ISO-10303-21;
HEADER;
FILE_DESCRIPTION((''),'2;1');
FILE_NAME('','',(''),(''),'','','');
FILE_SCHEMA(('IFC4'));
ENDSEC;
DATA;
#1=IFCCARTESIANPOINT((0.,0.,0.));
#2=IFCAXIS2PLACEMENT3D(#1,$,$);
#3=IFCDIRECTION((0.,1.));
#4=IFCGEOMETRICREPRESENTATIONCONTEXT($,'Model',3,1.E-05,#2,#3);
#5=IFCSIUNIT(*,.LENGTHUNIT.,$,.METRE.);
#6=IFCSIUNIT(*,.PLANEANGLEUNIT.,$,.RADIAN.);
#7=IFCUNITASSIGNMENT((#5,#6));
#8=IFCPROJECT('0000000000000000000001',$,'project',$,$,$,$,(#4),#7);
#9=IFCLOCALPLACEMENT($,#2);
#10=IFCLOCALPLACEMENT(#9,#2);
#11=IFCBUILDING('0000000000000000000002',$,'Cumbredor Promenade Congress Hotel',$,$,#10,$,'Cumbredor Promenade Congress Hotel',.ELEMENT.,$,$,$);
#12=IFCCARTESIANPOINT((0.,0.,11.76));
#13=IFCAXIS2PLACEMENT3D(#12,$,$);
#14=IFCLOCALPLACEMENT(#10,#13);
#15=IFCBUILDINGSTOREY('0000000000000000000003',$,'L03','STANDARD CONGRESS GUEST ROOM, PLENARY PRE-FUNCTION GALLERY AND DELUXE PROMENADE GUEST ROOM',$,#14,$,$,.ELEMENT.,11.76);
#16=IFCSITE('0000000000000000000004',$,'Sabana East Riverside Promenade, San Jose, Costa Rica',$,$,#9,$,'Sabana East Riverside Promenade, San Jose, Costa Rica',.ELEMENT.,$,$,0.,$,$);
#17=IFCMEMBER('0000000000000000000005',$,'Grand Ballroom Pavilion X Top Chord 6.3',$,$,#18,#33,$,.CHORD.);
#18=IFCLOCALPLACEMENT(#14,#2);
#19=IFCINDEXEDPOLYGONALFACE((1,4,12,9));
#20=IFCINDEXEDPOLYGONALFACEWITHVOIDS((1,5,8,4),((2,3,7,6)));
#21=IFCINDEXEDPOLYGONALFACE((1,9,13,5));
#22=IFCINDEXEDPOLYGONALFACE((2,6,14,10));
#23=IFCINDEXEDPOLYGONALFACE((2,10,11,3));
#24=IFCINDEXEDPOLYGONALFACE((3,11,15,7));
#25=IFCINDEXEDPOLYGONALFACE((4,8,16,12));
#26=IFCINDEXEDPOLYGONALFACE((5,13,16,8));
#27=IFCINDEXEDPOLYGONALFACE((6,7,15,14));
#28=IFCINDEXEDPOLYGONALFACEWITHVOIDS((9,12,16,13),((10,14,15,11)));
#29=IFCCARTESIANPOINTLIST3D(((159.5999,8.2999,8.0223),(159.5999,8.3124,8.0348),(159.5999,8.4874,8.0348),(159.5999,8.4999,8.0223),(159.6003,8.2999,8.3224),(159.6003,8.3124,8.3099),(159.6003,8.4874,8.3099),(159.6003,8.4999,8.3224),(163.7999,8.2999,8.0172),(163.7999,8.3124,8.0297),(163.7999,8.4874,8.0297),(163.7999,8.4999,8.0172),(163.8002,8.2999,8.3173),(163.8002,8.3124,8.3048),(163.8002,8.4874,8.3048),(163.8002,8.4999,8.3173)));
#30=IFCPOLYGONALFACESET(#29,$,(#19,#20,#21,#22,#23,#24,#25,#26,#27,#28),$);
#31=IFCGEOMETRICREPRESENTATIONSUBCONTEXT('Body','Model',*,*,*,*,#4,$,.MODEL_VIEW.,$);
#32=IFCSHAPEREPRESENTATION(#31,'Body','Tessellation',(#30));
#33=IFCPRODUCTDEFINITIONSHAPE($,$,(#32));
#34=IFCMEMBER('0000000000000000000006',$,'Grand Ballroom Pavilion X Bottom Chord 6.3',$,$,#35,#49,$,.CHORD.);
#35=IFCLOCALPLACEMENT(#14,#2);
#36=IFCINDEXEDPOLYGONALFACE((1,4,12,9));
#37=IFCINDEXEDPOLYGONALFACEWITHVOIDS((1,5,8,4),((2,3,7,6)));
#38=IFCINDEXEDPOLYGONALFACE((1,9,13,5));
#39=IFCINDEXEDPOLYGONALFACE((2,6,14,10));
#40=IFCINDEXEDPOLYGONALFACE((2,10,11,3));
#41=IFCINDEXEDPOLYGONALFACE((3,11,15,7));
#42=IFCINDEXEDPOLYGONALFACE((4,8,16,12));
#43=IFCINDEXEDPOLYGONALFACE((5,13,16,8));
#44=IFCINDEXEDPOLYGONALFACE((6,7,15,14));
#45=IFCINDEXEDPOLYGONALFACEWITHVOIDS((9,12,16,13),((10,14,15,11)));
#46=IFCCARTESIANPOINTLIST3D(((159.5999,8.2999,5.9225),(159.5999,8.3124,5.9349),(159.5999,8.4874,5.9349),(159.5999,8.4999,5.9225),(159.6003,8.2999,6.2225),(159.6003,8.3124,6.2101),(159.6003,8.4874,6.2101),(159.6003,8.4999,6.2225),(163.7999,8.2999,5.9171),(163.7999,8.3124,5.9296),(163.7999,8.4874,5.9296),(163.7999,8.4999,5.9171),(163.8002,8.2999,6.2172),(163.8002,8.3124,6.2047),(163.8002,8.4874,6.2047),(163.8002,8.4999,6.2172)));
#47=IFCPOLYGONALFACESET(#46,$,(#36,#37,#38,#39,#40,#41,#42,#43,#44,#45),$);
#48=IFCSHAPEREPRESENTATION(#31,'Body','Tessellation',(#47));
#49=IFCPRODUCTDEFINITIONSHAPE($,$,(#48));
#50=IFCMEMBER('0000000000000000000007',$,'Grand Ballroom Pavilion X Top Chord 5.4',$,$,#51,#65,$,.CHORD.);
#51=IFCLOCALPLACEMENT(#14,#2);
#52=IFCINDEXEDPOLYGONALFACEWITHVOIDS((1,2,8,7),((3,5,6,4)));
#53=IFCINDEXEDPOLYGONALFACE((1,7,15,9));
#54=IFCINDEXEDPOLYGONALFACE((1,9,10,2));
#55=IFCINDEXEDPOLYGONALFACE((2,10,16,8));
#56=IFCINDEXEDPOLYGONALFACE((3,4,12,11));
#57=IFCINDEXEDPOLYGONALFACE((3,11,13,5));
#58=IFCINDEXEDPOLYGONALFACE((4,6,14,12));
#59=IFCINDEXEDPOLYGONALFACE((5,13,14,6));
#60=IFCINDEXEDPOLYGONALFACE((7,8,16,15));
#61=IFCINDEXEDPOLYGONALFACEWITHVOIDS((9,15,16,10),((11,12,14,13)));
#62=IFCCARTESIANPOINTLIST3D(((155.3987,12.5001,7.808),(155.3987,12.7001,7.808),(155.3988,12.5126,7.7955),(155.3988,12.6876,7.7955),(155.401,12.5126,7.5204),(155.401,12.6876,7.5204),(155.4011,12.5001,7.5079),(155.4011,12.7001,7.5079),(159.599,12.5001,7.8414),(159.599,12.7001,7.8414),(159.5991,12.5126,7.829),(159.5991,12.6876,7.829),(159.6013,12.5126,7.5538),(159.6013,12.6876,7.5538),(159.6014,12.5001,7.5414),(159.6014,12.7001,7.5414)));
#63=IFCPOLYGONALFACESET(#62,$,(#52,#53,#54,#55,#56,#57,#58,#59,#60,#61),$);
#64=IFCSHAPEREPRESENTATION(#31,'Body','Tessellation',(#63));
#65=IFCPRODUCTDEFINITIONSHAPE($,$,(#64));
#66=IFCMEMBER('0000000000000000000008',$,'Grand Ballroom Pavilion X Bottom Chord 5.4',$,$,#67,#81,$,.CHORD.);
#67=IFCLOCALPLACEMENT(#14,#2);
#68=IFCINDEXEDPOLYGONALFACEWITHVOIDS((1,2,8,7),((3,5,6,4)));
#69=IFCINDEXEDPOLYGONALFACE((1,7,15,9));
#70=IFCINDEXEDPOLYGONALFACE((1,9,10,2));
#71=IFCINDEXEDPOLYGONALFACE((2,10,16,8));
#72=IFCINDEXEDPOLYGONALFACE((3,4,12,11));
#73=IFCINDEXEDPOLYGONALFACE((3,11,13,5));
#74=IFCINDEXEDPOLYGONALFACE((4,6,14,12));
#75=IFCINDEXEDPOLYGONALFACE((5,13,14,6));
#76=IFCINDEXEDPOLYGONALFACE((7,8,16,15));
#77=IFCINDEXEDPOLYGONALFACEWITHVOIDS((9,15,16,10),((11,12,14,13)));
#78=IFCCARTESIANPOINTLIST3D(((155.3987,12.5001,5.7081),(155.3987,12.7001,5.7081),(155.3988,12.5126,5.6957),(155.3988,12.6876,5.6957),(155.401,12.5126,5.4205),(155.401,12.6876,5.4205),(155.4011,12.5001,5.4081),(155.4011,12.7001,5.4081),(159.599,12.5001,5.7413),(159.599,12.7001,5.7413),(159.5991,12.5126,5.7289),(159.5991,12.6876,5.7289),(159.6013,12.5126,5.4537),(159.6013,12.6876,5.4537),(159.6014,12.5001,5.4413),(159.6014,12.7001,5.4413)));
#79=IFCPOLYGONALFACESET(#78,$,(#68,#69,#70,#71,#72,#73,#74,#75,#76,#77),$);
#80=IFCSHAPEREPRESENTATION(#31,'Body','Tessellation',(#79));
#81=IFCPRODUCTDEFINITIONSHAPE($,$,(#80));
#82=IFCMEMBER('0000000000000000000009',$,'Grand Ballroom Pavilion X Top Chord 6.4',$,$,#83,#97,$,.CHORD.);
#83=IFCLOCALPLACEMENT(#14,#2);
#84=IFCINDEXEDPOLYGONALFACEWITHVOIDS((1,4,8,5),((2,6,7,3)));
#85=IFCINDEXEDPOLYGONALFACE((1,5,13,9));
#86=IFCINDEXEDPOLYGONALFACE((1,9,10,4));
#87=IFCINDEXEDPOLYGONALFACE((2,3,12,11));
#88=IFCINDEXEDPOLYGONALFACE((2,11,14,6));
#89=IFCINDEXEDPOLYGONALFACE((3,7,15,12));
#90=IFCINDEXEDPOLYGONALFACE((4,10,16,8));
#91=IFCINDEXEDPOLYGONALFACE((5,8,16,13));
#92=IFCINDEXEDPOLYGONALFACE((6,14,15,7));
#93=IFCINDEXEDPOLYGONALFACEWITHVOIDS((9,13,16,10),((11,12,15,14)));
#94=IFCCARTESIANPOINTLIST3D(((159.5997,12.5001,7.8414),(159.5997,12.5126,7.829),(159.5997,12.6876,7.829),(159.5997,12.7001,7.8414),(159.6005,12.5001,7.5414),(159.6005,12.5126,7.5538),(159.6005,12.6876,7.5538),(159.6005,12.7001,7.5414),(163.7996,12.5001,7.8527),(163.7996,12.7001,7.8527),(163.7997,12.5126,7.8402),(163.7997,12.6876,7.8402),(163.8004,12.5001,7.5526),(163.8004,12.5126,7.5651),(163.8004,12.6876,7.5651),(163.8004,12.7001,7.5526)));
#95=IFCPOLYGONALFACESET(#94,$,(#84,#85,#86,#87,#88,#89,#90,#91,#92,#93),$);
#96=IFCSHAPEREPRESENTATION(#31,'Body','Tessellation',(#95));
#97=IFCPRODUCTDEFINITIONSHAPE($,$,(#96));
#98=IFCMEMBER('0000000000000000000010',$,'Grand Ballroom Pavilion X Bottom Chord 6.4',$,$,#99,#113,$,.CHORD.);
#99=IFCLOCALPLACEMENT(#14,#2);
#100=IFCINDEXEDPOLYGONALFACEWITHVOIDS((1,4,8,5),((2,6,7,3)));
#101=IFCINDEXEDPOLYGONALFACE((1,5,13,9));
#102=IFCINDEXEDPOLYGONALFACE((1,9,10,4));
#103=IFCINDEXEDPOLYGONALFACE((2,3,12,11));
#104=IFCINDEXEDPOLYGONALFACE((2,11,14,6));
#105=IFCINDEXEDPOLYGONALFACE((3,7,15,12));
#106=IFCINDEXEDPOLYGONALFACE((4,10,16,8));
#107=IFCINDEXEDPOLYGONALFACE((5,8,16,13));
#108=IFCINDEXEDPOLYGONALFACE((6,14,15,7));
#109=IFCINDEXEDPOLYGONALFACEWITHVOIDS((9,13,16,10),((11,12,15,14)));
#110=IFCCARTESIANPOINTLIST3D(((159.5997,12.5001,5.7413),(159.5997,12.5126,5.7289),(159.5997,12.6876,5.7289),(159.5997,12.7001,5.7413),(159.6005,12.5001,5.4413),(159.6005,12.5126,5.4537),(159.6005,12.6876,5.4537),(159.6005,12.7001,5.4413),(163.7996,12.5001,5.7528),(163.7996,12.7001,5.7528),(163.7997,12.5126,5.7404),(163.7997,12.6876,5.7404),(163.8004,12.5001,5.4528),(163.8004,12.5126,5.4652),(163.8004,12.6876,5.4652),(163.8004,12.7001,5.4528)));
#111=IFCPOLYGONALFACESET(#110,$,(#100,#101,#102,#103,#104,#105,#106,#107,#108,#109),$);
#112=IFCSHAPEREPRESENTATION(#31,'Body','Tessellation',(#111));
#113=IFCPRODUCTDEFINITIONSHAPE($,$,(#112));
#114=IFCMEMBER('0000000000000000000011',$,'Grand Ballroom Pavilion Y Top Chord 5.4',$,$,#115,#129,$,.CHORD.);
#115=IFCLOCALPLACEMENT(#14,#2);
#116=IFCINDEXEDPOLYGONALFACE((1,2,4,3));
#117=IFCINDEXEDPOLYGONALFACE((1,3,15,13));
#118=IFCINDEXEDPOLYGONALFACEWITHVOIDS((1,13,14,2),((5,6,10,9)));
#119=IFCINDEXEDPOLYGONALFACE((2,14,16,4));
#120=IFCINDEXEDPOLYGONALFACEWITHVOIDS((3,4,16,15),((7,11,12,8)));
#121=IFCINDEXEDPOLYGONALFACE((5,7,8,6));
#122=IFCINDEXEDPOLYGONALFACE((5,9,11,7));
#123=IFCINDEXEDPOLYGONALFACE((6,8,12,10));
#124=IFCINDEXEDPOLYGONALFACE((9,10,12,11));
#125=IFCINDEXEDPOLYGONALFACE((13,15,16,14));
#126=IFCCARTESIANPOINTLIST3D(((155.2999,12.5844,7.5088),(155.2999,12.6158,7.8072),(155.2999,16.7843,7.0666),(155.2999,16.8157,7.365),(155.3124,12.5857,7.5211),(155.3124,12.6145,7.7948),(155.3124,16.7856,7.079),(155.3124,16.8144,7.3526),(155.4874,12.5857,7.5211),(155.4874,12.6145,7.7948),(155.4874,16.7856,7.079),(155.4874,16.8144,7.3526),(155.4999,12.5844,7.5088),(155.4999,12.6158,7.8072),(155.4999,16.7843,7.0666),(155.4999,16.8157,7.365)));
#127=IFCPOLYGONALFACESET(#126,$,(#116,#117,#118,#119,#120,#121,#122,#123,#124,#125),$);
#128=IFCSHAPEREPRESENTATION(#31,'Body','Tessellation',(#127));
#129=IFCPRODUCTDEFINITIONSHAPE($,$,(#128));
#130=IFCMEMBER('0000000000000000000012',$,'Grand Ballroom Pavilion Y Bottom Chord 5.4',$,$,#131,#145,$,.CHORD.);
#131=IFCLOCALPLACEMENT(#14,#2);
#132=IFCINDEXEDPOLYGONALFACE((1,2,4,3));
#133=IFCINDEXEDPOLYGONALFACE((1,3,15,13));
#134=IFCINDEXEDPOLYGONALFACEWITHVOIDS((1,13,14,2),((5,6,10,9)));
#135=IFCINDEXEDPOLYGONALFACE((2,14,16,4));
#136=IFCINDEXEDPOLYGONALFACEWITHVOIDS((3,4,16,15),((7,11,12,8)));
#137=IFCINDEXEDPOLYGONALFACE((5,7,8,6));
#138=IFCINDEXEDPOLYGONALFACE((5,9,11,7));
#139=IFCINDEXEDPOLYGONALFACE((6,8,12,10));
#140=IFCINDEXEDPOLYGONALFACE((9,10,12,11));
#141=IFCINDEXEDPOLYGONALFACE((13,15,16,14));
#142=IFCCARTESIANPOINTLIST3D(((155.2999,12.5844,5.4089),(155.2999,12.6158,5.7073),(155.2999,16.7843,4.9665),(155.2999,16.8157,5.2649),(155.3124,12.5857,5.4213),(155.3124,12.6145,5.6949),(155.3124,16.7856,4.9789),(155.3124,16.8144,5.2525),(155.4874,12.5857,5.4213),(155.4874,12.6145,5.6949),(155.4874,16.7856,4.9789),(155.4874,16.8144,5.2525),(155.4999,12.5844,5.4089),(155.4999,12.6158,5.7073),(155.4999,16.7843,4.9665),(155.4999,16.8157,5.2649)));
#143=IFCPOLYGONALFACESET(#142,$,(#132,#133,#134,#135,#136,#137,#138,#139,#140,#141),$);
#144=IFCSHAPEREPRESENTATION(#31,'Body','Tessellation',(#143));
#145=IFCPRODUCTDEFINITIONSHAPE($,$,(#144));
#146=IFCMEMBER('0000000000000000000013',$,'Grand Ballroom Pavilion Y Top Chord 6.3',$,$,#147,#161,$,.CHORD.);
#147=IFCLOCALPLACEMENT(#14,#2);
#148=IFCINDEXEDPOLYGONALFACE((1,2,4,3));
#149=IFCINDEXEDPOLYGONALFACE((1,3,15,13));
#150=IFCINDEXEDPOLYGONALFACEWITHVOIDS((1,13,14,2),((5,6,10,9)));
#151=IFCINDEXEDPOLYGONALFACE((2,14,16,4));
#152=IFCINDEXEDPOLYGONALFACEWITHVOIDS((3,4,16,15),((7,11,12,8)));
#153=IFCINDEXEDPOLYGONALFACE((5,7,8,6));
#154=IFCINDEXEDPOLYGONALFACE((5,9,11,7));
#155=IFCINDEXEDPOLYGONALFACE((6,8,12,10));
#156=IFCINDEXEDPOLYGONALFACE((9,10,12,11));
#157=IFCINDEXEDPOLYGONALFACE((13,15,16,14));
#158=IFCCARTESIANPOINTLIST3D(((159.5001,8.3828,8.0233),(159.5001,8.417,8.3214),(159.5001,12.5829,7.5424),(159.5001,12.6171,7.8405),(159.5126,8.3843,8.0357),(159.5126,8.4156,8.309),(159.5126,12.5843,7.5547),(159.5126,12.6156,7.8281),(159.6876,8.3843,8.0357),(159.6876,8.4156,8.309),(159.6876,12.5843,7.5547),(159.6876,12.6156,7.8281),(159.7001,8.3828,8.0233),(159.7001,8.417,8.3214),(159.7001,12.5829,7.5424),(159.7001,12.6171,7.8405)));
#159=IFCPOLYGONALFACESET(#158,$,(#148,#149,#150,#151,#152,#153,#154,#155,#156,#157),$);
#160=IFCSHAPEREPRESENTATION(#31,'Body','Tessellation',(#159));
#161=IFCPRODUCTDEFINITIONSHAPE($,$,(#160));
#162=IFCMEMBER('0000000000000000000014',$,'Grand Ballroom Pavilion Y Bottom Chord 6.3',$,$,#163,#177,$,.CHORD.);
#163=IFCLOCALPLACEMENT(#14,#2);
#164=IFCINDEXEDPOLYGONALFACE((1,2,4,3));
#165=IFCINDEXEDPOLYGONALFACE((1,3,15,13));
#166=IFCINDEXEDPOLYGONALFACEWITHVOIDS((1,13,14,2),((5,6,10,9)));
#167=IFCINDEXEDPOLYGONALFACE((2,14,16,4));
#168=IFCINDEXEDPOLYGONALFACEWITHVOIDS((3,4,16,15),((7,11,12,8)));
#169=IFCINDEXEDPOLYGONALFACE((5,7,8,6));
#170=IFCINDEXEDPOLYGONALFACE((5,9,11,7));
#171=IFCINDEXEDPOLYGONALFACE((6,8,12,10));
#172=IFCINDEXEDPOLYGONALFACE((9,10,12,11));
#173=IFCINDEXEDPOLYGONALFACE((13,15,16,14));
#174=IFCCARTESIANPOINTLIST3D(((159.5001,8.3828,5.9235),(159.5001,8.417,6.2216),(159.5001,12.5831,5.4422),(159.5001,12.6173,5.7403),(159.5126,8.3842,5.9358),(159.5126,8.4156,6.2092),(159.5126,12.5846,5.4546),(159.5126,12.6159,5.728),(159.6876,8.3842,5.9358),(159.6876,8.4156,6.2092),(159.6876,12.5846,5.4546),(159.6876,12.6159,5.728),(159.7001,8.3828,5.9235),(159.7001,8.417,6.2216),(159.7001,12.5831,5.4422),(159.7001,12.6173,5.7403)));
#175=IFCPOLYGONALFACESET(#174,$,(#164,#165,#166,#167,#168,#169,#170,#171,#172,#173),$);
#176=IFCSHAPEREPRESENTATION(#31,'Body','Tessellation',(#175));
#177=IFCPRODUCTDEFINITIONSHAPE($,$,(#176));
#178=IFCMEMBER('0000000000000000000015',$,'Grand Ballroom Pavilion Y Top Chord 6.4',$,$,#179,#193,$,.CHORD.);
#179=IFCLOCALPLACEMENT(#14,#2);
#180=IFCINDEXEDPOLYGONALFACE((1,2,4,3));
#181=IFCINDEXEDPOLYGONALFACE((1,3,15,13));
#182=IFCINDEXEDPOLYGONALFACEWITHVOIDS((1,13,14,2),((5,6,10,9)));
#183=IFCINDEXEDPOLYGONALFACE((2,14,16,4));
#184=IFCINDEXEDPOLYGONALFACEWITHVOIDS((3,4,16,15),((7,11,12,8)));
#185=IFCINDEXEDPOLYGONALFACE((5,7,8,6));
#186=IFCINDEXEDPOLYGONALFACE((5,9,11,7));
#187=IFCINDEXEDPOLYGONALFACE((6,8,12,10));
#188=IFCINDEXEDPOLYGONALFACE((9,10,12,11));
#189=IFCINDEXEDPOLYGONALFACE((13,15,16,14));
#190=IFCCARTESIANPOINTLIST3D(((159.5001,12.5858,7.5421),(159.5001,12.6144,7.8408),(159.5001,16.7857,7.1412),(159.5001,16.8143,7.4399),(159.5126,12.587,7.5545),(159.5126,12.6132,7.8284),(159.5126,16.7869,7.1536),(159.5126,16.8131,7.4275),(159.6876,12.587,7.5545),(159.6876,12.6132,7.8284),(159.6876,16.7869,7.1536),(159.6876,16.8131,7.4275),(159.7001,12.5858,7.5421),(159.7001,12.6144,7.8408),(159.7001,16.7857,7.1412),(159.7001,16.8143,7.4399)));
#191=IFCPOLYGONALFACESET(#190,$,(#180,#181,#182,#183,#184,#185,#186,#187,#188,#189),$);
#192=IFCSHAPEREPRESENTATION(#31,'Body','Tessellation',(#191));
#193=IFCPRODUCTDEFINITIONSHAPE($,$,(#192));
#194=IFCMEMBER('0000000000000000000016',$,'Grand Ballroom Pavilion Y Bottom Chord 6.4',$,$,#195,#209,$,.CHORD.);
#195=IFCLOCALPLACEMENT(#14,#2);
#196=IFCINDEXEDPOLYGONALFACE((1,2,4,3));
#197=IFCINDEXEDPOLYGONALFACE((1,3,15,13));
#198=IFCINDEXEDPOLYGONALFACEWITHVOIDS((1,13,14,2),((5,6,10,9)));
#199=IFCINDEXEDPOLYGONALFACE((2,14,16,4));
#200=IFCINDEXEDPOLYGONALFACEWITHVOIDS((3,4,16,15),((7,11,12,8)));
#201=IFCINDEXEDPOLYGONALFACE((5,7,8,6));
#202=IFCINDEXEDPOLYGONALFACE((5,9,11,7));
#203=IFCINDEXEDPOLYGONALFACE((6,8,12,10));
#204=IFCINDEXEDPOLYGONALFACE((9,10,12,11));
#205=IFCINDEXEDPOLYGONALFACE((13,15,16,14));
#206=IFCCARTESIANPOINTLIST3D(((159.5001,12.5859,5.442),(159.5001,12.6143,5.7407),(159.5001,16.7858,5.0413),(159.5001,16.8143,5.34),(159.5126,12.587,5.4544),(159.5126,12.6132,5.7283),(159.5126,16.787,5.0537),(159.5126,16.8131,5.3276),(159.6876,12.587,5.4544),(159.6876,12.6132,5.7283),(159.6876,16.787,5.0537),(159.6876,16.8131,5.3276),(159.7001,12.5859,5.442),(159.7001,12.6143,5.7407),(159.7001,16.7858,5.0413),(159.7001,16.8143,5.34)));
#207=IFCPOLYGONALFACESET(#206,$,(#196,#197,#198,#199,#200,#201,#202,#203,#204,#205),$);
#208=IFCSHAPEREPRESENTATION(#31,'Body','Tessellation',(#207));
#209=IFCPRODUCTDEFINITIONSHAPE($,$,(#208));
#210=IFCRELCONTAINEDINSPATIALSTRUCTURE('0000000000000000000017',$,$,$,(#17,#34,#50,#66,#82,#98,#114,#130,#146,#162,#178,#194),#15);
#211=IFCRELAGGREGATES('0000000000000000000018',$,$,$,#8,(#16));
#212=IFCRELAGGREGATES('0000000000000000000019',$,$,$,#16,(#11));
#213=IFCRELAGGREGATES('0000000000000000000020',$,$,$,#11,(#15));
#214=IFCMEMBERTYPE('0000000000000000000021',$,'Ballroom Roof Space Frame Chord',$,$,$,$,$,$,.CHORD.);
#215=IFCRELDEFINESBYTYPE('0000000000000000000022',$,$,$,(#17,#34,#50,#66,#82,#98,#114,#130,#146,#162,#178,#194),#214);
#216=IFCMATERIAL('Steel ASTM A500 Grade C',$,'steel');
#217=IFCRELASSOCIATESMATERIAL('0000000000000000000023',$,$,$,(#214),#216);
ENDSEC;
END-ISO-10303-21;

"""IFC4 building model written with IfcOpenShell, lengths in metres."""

from ifc_helpers import new_model, si_unit, direction, frame, origin, origin_2d, place, context, subcontext, project, spatial, hollow_rectangle, extrude, material, material_profile, profile_set, type_object, element, save


model = new_model("IFC4")

# Units and contexts
model_context = context("Model", 3, precision=1e-05, world=origin(), true_north=direction((0.0, 1.0)))
body_context = subcontext(model_context, "Body", "Model", "MODEL_VIEW")
ifc_project = project(units=[si_unit("LENGTHUNIT", "METRE"), si_unit("PLANEANGLEUNIT", "RADIAN")], contexts=[model_context])

# Site, building, storey
site_placement = place(None, origin())
site = spatial("IfcSite", under=ifc_project, at=site_placement, Name="Sabana East Riverside Promenade, San Jose, Costa Rica", LongName="Sabana East Riverside Promenade, San Jose, Costa Rica", CompositionType="ELEMENT", RefElevation=0.0)
building_placement = place(site_placement, origin())
building = spatial("IfcBuilding", under=site, at=building_placement, Name="Cumbredor Promenade Congress Hotel", LongName="Cumbredor Promenade Congress Hotel", CompositionType="ELEMENT")
storey_placement = place(building_placement, frame((0.0, 0.0, 11.76)))
storey = spatial("IfcBuildingStorey", under=building, at=storey_placement, Name="L03", Description="STANDARD CONGRESS GUEST ROOM, PLENARY PRE-FUNCTION GALLERY AND DELUXE PROMENADE GUEST ROOM", CompositionType="ELEMENT", Elevation=11.76)

# Members
ifc_material_1 = material(Name="Steel ASTM A500 Grade C", Category="steel")
ifc_material_profile_1 = material_profile(ifc_material_1, hollow_rectangle(XDim=0.2, YDim=0.3, WallThickness=0.0125, at=origin_2d()), Name="HSS 300x200x12.5")
ifc_profile_set_1 = profile_set([ifc_material_profile_1], Name="Steel ASTM A500 Grade C")
member_type_1 = type_object("IfcMemberType", Name="Ballroom Roof Space Frame Chord", PredefinedType="CHORD", material=ifc_profile_set_1)
for number, where, z_axis, x_axis, name in (
    (1, (159.6001, 8.3999, 8.1724), (0.999999, 0.0, -0.001221), (0.0, 1.0, 0.0), "Grand Ballroom Pavilion X Top Chord 6.3"),
    (2, (159.6001, 8.3999, 6.0725), (0.999999, 0.0, -0.001279), (0.0, 1.0, 0.0), "Grand Ballroom Pavilion X Bottom Chord 6.3"),
):
    element("IfcMember", number, at=place(storey_placement, frame(where, z_axis=z_axis, x_axis=x_axis)), inside=storey, type_object=member_type_1, Name=name, PredefinedType="CHORD", context=body_context, shape_type="SweptSolid", body=[
        extrude(hollow_rectangle(XDim=0.2, YDim=0.3, WallThickness=0.0125, at=origin_2d()), origin(), (0.0, 0.0, 1.0), 4.2),
    ])
for number, where, z_axis, x_axis, name in (
    (3, (155.3999, 12.6001, 7.658), (0.999968, 0.0, 0.007963), (0.0, 1.0, 0.0), "Grand Ballroom Pavilion X Top Chord 5.4"),
    (4, (155.3999, 12.6001, 5.5581), (0.999969, 0.0, 0.007905), (0.0, 1.0, 0.0), "Grand Ballroom Pavilion X Bottom Chord 5.4"),
):
    element("IfcMember", number, at=place(storey_placement, frame(where, z_axis=z_axis, x_axis=x_axis)), inside=storey, type_object=member_type_1, Name=name, PredefinedType="CHORD", context=body_context, shape_type="SweptSolid", body=[
        extrude(hollow_rectangle(XDim=0.2, YDim=0.3, WallThickness=0.0125, at=origin_2d()), origin(), (0.0, 0.0, 1.0), 4.2004),
    ])
for number, where, z_axis, x_axis, name in (
    (5, (159.6001, 12.6001, 7.6914), (0.999996, 0.0, 0.002674), (0.0, 1.0, 0.0), "Grand Ballroom Pavilion X Top Chord 6.4"),
    (6, (159.6001, 12.6001, 5.5913), (0.999996, 0.0, 0.002732), (0.0, 1.0, 0.0), "Grand Ballroom Pavilion X Bottom Chord 6.4"),
):
    element("IfcMember", number, at=place(storey_placement, frame(where, z_axis=z_axis, x_axis=x_axis)), inside=storey, type_object=member_type_1, Name=name, PredefinedType="CHORD", context=body_context, shape_type="SweptSolid", body=[
        extrude(hollow_rectangle(XDim=0.2, YDim=0.3, WallThickness=0.0125, at=origin_2d()), origin(), (0.0, 0.0, 1.0), 4.2),
    ])
for number, where, z_axis, x_axis, name in (
    (7, (155.3999, 12.6001, 7.658), (0.0, 0.994505, -0.104694), (-1.0, 0.0, 0.0), "Grand Ballroom Pavilion Y Top Chord 5.4"),
    (8, (155.3999, 12.6001, 5.5581), (0.0, 0.994498, -0.104751), (-1.0, 0.0, 0.0), "Grand Ballroom Pavilion Y Bottom Chord 5.4"),
):
    element("IfcMember", number, at=place(storey_placement, frame(where, z_axis=z_axis, x_axis=x_axis)), inside=storey, type_object=member_type_1, Name=name, PredefinedType="CHORD", context=body_context, shape_type="SweptSolid", body=[
        extrude(hollow_rectangle(XDim=0.2, YDim=0.3, WallThickness=0.0125, at=origin_2d()), origin(), (0.0, 0.0, 1.0), 4.2231),
    ])
member_1_placement = place(storey_placement, frame((159.6001, 8.3999, 8.1724), z_axis=(0.0, 0.993508, -0.113765), x_axis=(-1.0, 0.0, 0.0)))
element("IfcMember", 9, at=member_1_placement, inside=storey, type_object=member_type_1, Name="Grand Ballroom Pavilion Y Top Chord 6.3", PredefinedType="CHORD", context=body_context, shape_type="SweptSolid", body=[
    extrude(hollow_rectangle(XDim=0.2, YDim=0.3, WallThickness=0.0125, at=origin_2d()), origin(), (0.0, 0.0, 1.0), 4.2275),
])
member_2_placement = place(storey_placement, frame((159.6001, 8.3999, 6.0725), z_axis=(0.0, 0.993501, -0.113822), x_axis=(-1.0, 0.0, 0.0)))
element("IfcMember", 10, at=member_2_placement, inside=storey, type_object=member_type_1, Name="Grand Ballroom Pavilion Y Bottom Chord 6.3", PredefinedType="CHORD", context=body_context, shape_type="SweptSolid", body=[
    extrude(hollow_rectangle(XDim=0.2, YDim=0.3, WallThickness=0.0125, at=origin_2d()), origin(), (0.0, 0.0, 1.0), 4.2278),
])
for number, where, z_axis, x_axis, name in (
    (11, (159.6001, 12.6001, 7.6914), (0.0, 0.995476, -0.095017), (-1.0, 0.0, 0.0), "Grand Ballroom Pavilion Y Top Chord 6.4"),
    (12, (159.6001, 12.6001, 5.5913), (0.0, 0.995481, -0.094959), (-1.0, 0.0, 0.0), "Grand Ballroom Pavilion Y Bottom Chord 6.4"),
):
    element("IfcMember", number, at=place(storey_placement, frame(where, z_axis=z_axis, x_axis=x_axis)), inside=storey, type_object=member_type_1, Name=name, PredefinedType="CHORD", context=body_context, shape_type="SweptSolid", body=[
        extrude(hollow_rectangle(XDim=0.2, YDim=0.3, WallThickness=0.0125, at=origin_2d()), origin(), (0.0, 0.0, 1.0), 4.219),
    ])

save(model, "model.ifc")
